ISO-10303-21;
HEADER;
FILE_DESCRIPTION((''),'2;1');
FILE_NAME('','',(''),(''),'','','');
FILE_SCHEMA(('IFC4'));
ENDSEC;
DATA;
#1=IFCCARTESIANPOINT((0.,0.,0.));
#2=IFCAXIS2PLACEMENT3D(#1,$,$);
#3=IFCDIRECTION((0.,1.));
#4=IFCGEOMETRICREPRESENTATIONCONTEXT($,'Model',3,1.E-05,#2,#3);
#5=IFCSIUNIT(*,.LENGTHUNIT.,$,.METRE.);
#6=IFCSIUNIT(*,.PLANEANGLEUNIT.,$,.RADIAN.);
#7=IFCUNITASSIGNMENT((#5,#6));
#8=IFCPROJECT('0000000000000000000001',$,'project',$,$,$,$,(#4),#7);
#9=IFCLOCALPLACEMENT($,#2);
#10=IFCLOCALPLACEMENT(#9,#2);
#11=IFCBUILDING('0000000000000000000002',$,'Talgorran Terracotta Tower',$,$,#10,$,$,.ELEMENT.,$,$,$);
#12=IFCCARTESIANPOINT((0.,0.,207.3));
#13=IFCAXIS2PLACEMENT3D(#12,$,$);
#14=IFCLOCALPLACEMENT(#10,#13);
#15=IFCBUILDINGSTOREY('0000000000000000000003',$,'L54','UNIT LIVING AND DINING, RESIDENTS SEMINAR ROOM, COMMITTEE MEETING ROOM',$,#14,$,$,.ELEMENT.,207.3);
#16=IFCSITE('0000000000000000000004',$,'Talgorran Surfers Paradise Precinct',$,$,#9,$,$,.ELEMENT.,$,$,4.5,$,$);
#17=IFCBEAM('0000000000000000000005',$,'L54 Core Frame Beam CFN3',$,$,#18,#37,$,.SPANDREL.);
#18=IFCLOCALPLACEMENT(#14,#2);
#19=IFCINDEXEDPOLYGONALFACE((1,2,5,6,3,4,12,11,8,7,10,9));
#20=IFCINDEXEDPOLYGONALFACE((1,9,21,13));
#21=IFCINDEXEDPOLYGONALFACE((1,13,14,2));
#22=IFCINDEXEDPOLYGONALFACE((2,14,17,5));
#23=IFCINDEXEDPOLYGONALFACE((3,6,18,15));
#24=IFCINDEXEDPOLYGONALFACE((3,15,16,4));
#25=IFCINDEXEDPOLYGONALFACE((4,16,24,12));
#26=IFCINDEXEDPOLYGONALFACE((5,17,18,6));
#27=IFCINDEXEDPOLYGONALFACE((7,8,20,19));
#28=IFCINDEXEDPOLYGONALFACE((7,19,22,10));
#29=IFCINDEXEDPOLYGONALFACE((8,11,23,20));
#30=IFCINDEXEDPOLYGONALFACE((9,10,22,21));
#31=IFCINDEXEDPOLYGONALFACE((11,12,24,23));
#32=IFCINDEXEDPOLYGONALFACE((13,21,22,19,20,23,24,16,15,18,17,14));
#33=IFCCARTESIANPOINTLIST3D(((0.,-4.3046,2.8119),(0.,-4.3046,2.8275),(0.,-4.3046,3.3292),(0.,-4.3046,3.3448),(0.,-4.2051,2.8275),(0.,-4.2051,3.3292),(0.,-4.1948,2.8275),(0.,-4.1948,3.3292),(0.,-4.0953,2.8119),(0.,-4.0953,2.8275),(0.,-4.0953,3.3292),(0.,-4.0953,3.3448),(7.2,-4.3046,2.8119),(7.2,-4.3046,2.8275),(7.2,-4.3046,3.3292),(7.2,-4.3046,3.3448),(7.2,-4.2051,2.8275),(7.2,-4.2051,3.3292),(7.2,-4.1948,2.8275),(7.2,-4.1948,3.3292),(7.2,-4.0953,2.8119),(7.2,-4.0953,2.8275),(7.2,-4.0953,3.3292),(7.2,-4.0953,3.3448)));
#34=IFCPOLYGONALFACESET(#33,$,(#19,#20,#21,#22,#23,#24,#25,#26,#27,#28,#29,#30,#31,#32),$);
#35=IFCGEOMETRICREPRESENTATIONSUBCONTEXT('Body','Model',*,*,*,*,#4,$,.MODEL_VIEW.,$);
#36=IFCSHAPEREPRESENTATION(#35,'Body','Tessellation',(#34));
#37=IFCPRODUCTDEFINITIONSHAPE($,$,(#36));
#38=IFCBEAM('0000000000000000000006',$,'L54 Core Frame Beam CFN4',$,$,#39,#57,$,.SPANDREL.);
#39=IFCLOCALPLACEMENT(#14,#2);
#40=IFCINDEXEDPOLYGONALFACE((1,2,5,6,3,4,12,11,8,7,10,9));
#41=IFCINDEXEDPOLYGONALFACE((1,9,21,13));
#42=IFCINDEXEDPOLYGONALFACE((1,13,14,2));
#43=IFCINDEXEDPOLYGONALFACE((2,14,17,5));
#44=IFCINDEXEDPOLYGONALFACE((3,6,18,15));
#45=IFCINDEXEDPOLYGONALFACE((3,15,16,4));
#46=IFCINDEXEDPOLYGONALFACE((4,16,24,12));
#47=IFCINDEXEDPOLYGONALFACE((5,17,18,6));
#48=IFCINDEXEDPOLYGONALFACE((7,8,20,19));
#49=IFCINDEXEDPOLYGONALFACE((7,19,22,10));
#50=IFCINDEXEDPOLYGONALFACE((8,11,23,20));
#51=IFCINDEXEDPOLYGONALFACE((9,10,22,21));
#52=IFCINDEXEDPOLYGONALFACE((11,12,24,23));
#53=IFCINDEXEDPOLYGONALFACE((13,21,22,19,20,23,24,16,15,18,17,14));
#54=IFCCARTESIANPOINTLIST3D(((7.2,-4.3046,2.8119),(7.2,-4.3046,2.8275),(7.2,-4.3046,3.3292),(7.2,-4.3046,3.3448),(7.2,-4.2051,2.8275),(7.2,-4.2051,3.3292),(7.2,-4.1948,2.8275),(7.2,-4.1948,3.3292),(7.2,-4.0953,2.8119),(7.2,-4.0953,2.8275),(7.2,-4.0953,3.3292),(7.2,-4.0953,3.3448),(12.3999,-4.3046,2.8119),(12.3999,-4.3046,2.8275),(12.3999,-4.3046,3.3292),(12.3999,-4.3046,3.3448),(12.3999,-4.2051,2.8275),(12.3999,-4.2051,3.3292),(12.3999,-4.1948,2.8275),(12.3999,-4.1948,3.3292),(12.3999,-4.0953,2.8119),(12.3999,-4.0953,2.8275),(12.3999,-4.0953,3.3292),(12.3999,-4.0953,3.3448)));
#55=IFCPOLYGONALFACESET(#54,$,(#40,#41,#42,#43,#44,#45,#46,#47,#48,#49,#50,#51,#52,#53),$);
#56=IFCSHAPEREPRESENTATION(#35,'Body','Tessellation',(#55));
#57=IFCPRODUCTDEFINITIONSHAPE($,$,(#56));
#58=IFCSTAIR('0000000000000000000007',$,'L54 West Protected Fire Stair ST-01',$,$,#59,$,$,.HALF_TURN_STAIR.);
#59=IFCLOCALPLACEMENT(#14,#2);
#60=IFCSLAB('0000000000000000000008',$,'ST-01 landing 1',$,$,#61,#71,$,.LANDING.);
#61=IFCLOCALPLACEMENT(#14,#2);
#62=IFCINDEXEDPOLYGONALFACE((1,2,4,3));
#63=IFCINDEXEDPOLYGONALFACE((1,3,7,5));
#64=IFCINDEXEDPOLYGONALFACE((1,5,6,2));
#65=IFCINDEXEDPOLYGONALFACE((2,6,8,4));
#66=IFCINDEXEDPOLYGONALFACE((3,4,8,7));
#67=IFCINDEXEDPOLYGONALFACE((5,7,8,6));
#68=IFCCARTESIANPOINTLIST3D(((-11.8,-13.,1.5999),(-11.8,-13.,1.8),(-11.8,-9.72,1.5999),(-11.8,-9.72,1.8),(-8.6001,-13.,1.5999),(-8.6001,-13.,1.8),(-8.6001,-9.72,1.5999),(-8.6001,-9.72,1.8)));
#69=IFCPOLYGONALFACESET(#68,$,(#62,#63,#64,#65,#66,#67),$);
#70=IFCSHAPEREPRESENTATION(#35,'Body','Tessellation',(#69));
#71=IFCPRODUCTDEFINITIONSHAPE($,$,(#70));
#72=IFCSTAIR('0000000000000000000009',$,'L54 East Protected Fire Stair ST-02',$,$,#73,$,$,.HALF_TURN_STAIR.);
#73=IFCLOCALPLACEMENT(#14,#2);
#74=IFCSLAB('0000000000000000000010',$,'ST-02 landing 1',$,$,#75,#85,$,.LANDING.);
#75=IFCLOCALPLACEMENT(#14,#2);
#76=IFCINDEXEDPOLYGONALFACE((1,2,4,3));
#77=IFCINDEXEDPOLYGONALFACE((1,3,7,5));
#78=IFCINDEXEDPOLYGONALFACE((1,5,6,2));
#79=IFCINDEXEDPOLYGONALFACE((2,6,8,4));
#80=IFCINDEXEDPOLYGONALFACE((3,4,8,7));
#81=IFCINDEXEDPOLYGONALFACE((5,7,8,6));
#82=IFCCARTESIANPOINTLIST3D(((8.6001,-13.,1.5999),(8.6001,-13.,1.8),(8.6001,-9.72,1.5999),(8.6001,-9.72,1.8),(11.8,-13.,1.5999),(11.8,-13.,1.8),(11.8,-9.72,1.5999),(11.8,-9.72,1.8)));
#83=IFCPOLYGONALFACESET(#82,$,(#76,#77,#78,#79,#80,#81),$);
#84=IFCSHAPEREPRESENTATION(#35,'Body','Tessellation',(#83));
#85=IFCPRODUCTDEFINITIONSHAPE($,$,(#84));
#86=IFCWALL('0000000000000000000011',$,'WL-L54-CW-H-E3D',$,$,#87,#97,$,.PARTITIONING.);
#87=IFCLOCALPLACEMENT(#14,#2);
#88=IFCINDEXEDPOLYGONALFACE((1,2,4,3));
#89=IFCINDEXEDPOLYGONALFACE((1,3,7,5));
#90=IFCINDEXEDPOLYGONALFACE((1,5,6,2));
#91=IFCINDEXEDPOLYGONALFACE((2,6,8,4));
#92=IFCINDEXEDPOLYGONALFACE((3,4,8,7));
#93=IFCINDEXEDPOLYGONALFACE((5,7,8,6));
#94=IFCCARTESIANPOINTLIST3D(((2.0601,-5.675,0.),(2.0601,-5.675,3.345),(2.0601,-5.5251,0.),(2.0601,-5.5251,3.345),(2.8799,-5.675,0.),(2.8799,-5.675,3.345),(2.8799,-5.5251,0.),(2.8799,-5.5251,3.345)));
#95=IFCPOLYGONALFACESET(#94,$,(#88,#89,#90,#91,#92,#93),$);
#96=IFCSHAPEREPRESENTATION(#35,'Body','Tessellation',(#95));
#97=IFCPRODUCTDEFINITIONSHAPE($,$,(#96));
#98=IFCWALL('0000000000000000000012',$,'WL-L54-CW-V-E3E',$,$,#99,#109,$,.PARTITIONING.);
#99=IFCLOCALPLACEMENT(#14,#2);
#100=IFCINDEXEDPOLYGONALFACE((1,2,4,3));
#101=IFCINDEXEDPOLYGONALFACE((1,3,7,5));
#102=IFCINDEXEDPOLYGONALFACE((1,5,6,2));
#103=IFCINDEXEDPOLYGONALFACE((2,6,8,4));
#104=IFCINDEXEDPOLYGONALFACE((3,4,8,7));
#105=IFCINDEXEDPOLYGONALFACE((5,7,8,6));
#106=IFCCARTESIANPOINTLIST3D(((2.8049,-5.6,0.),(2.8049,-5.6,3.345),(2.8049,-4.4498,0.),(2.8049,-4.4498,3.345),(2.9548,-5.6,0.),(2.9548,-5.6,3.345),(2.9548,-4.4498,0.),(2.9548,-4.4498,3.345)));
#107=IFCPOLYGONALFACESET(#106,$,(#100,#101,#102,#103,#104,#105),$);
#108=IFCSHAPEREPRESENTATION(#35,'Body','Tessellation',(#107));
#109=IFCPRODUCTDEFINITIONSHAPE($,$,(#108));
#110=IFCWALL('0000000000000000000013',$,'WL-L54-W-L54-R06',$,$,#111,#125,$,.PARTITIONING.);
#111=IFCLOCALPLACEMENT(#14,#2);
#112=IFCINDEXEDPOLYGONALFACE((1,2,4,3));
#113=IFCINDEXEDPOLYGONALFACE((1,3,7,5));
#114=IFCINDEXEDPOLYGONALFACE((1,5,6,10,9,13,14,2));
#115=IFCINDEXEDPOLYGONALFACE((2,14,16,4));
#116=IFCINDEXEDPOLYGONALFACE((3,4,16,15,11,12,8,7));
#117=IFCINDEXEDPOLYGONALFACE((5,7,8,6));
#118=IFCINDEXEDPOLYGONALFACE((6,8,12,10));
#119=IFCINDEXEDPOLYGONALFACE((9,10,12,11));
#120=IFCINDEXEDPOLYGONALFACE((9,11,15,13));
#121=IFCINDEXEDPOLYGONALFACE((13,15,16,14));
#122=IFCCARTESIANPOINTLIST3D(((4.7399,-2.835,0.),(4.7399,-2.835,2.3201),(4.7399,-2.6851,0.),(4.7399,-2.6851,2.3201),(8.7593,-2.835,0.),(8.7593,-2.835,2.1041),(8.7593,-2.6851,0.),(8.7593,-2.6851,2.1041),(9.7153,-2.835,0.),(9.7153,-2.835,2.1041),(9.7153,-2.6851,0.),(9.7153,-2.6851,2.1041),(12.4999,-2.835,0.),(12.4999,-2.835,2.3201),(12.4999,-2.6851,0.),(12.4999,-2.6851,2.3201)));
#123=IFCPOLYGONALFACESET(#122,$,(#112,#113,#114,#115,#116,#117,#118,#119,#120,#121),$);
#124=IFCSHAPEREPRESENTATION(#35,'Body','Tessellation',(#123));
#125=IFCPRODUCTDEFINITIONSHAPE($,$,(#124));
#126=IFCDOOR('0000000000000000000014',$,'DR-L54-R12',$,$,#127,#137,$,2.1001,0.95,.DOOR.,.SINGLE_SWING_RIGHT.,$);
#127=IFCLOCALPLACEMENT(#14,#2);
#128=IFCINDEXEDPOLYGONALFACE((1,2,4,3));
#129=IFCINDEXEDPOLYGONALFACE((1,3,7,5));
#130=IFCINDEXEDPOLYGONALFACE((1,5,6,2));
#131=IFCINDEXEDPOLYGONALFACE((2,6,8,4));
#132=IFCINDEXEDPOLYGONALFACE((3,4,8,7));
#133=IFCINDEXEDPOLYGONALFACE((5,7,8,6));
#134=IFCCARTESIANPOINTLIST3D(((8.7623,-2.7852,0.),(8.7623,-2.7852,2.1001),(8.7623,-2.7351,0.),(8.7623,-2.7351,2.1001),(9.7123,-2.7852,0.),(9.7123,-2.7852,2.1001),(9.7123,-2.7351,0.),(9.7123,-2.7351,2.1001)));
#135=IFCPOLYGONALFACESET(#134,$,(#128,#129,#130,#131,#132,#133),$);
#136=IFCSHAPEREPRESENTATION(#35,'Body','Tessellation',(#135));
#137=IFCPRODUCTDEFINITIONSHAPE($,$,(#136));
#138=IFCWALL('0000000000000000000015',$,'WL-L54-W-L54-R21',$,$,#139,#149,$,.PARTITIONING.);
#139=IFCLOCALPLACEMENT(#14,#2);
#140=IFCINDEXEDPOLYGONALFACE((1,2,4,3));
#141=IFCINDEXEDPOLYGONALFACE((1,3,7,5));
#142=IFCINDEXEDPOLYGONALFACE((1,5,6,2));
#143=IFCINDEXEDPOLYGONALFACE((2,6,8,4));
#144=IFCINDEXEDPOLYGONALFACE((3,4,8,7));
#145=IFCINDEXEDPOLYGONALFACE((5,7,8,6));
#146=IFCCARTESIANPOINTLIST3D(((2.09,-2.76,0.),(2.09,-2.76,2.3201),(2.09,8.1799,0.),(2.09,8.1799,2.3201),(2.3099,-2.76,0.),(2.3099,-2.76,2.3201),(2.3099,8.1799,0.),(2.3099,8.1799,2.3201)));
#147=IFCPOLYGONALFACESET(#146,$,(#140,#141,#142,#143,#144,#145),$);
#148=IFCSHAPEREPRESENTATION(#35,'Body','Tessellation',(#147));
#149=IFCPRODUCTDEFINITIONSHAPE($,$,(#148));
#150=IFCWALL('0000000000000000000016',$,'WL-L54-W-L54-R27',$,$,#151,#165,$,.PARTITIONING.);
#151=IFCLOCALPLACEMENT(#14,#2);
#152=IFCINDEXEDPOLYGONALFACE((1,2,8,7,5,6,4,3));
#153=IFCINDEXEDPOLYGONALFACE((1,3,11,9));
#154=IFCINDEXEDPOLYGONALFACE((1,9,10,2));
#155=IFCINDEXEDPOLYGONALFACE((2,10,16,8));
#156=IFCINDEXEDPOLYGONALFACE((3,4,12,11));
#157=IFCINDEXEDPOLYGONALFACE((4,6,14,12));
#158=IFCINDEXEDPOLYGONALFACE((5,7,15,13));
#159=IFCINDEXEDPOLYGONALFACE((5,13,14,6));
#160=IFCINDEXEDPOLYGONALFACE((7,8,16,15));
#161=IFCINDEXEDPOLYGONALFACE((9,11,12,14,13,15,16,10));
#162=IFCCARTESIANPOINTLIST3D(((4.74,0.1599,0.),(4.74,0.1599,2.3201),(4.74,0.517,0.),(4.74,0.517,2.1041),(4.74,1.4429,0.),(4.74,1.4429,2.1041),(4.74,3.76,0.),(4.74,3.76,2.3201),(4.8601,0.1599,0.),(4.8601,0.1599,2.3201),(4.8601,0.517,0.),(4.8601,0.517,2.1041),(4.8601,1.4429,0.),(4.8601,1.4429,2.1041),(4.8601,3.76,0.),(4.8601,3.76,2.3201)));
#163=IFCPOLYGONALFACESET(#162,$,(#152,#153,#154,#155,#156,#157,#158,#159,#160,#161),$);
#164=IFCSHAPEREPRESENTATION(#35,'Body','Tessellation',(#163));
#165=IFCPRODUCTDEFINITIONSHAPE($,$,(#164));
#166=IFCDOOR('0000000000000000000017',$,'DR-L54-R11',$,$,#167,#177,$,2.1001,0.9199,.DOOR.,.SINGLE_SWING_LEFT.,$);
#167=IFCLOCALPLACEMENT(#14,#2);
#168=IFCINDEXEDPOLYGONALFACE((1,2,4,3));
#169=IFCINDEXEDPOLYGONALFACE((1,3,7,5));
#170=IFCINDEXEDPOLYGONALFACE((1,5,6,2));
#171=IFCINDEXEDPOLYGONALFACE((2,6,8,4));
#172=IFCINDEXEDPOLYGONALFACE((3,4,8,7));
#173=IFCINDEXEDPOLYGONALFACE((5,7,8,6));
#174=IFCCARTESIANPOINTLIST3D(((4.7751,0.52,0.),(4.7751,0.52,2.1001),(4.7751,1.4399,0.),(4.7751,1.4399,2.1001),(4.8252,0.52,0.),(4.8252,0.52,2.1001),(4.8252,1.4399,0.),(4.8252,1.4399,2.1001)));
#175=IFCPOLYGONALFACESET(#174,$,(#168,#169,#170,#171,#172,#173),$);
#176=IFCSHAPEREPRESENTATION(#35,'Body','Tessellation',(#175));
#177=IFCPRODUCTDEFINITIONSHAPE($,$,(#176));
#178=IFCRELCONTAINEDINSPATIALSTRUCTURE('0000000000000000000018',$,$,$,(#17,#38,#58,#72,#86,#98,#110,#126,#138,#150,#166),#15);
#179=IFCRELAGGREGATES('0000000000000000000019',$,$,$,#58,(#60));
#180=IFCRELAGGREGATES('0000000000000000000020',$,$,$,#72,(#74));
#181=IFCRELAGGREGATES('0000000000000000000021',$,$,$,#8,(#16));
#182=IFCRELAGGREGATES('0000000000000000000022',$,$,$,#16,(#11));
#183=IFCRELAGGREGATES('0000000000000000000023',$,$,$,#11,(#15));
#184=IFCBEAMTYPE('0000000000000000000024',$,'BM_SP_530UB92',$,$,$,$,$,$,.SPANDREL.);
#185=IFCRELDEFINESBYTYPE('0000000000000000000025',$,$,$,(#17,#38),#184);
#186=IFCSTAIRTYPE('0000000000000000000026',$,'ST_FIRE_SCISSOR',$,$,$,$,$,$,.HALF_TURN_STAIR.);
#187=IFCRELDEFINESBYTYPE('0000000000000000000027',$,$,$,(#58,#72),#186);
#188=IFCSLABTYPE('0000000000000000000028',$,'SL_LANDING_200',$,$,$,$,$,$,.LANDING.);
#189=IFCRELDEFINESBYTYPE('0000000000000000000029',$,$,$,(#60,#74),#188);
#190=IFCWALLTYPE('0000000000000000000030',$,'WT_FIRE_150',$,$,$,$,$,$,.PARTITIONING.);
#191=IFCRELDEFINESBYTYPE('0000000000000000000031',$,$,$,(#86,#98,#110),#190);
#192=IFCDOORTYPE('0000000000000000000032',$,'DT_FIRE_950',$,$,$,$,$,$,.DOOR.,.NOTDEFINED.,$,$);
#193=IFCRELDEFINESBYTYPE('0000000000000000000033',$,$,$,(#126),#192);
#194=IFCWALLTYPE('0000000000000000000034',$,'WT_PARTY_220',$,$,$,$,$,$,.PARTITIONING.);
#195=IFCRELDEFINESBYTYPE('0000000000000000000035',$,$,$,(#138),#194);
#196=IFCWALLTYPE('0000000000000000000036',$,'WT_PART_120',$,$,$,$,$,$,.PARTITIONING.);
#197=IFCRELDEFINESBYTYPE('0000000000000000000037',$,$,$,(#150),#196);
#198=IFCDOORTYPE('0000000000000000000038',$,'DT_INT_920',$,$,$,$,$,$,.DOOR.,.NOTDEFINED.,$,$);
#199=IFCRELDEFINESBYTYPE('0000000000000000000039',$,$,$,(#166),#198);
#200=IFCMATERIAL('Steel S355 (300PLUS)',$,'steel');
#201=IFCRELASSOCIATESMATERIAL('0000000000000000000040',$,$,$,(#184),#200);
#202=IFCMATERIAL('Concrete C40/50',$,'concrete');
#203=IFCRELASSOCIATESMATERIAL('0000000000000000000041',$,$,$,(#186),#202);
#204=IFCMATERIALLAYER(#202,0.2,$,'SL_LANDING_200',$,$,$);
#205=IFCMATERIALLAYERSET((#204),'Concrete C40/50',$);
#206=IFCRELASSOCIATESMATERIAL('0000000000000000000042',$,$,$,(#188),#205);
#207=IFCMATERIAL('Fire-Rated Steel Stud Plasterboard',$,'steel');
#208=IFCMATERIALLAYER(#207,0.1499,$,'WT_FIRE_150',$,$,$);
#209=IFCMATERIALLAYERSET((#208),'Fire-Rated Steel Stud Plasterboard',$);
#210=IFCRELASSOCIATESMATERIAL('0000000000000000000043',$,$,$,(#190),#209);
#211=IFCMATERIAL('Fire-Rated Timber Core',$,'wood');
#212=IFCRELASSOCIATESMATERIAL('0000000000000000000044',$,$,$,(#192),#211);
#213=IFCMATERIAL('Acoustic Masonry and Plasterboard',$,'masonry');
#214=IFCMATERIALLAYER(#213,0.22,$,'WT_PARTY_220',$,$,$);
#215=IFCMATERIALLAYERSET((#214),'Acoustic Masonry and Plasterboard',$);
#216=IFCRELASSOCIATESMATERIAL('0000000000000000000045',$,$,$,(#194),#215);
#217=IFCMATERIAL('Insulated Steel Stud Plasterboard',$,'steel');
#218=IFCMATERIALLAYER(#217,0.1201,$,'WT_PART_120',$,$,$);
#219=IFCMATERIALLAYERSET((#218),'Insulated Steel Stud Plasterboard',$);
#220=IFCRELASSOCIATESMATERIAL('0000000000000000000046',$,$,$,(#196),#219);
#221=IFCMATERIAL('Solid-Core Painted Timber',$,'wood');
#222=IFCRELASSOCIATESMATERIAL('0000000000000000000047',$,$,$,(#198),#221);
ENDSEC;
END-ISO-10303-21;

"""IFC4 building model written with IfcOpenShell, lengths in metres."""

from ifc_helpers import new_model, si_unit, direction, frame, frame_2d, origin, origin_2d, place, context, subcontext, project, spatial, polyline, rectangle, i_section, outline, extrude, material, layer, layer_set, material_profile, profile_set, type_object, element, fill, aggregate, save


model = new_model("IFC4")

# Units and contexts
model_context = context("Model", 3, precision=1e-05, world=origin(), true_north=direction((0.0, 1.0)))
body_context = subcontext(model_context, "Body", "Model", "MODEL_VIEW")
ifc_project = project(units=[si_unit("LENGTHUNIT", "METRE"), si_unit("PLANEANGLEUNIT", "RADIAN")], contexts=[model_context])

# Site, building, storey
site_placement = place(None, origin())
site = spatial("IfcSite", under=ifc_project, at=site_placement, Name="Talgorran Surfers Paradise Precinct", CompositionType="ELEMENT", RefElevation=4.5)
building_placement = place(site_placement, origin())
building = spatial("IfcBuilding", under=site, at=building_placement, Name="Talgorran Terracotta Tower", CompositionType="ELEMENT")
storey_placement = place(building_placement, frame((0.0, 0.0, 207.3)))
storey = spatial("IfcBuildingStorey", under=building, at=storey_placement, Name="L54", Description="UNIT LIVING AND DINING, RESIDENTS SEMINAR ROOM, COMMITTEE MEETING ROOM", CompositionType="ELEMENT", Elevation=207.3)

# Shared definitions
ifc_material_1 = material(Name="Steel S355 (300PLUS)", Category="steel")

# Beams
ifc_material_profile_1 = material_profile(ifc_material_1, i_section(OverallWidth=0.2092, OverallDepth=0.533, WebThickness=0.0103, FlangeThickness=0.0156, at=origin_2d()), Name="530UB92.4")
ifc_profile_set_1 = profile_set([ifc_material_profile_1], Name="Steel S355 (300PLUS)")
beam_type_1 = type_object("IfcBeamType", Name="BM_SP_530UB92", PredefinedType="SPANDREL", material=ifc_profile_set_1)
beam_1_placement = place(storey_placement, frame((0.0, -4.2, 3.0784), z_axis=(1.0, 0.0, 0.0), x_axis=(0.0, 1.0, 0.0)))
element("IfcBeam", 1, at=beam_1_placement, inside=storey, type_object=beam_type_1, Name="L54 Core Frame Beam CFN3", PredefinedType="SPANDREL", context=body_context, shape_type="SweptSolid", body=[
    extrude(i_section(OverallWidth=0.2092, OverallDepth=0.533, WebThickness=0.0103, FlangeThickness=0.0156, at=origin_2d()), origin(), (0.0, 0.0, 1.0), 7.2),
])
beam_2_placement = place(storey_placement, frame((7.2, -4.2, 3.0784), z_axis=(1.0, 0.0, 0.0), x_axis=(0.0, 1.0, 0.0)))
element("IfcBeam", 2, at=beam_2_placement, inside=storey, type_object=beam_type_1, Name="L54 Core Frame Beam CFN4", PredefinedType="SPANDREL", context=body_context, shape_type="SweptSolid", body=[
    extrude(i_section(OverallWidth=0.2092, OverallDepth=0.533, WebThickness=0.0103, FlangeThickness=0.0156, at=origin_2d()), origin(), (0.0, 0.0, 1.0), 5.2),
])

# Stairs, slabs
ifc_material_2 = material(Name="Concrete C40/50", Category="concrete")
stair_type = type_object("IfcStairType", Name="ST_FIRE_SCISSOR", PredefinedType="HALF_TURN_STAIR", material=ifc_material_2)
stair_1_placement = place(storey_placement, origin())
stair_1 = element("IfcStair", 3, at=stair_1_placement, inside=storey, type_object=stair_type, Name="L54 West Protected Fire Stair ST-01", PredefinedType="HALF_TURN_STAIR")
ifc_layer_1 = layer(ifc_material_2, 0.2, Name="SL_LANDING_200")
ifc_layer_set_1 = layer_set([ifc_layer_1], Name="Concrete C40/50")
slab_type = type_object("IfcSlabType", Name="SL_LANDING_200", PredefinedType="LANDING", material=ifc_layer_set_1)
slab_1_placement = place(storey_placement, frame((0.0, 0.0, 1.5999)))
slab_1 = element("IfcSlab", 4, at=slab_1_placement, type_object=slab_type, Name="ST-01 landing 1", PredefinedType="LANDING", context=body_context, shape_type="SweptSolid", body=[
    extrude(outline(polyline([(-11.8, -9.72), (-11.8, -13.0), (-8.6001, -13.0), (-8.6001, -9.72), (-11.8, -9.72)])), origin(), (0.0, 0.0, 1.0), 0.2002),
])
aggregate(stair_1, [slab_1])
stair_2_placement = place(storey_placement, origin())
stair_2 = element("IfcStair", 5, at=stair_2_placement, inside=storey, type_object=stair_type, Name="L54 East Protected Fire Stair ST-02", PredefinedType="HALF_TURN_STAIR")
slab_2_placement = place(storey_placement, frame((0.0, 0.0, 1.5999)))
slab_2 = element("IfcSlab", 6, at=slab_2_placement, type_object=slab_type, Name="ST-02 landing 1", PredefinedType="LANDING", context=body_context, shape_type="SweptSolid", body=[
    extrude(outline(polyline([(8.6001, -9.72), (8.6001, -13.0), (11.8, -13.0), (11.8, -9.72), (8.6001, -9.72)])), origin(), (0.0, 0.0, 1.0), 0.2002),
])
aggregate(stair_2, [slab_2])

# Walls
ifc_material_3 = material(Name="Fire-Rated Steel Stud Plasterboard", Category="steel")
ifc_layer_2 = layer(ifc_material_3, 0.1499, Name="WT_FIRE_150")
ifc_layer_set_2 = layer_set([ifc_layer_2], Name="Fire-Rated Steel Stud Plasterboard")
wall_type_1 = type_object("IfcWallType", Name="WT_FIRE_150", PredefinedType="PARTITIONING", material=ifc_layer_set_2)
wall_1_placement = place(storey_placement, frame((2.0601, -5.6001, 0.0), z_axis=(0.0, 0.0, 1.0), x_axis=(1.0, 0.0, 0.0)))
element("IfcWall", 7, at=wall_1_placement, inside=storey, type_object=wall_type_1, Name="WL-L54-CW-H-E3D", PredefinedType="PARTITIONING", context=body_context, shape_type="SweptSolid", body=[
    extrude(rectangle(XDim=0.8198, YDim=0.1499, at=frame_2d((0.4099, 0.0))), origin(), (0.0, 0.0, 1.0), 3.345),
])
wall_2_placement = place(storey_placement, frame((2.8799, -5.6001, 0.0), z_axis=(0.0, 0.0, 1.0), x_axis=(0.0, 1.0, 0.0)))
element("IfcWall", 8, at=wall_2_placement, inside=storey, type_object=wall_type_1, Name="WL-L54-CW-V-E3E", PredefinedType="PARTITIONING", context=body_context, shape_type="SweptSolid", body=[
    extrude(rectangle(XDim=1.1501, YDim=0.1499, at=frame_2d((0.5752, 0.0))), origin(), (0.0, 0.0, 1.0), 3.345),
])

# Wall, opening, door
wall_3_placement = place(storey_placement, frame((4.74, -2.76, 0.0), z_axis=(0.0, 0.0, 1.0), x_axis=(1.0, 0.0, 0.0)))
wall_3 = element("IfcWall", 9, at=wall_3_placement, inside=storey, type_object=wall_type_1, Name="WL-L54-W-L54-R06", PredefinedType="PARTITIONING", context=body_context, shape_type="SweptSolid", body=[
    extrude(rectangle(XDim=7.76, YDim=0.1499, at=frame_2d((3.8799, 0.0))), origin(), (0.0, 0.0, 1.0), 2.3201),
])
opening_1_placement = place(wall_3_placement, frame((4.0222, 0.0, 0.0)))
opening_1 = element("IfcOpeningElement", 10, at=opening_1_placement, cuts=wall_3, PredefinedType="OPENING", context=body_context, shape_type="SweptSolid", body=[
    extrude(rectangle(XDim=0.956, YDim=2.1041, at=frame_2d((0.4751, 1.052))), frame((0.0, 0.085, 0.0), z_axis=(0.0, -1.0, 0.0), x_axis=(1.0, 0.0, 0.0)), (0.0, 0.0, 1.0), 0.1699),
])
ifc_material_4 = material(Name="Fire-Rated Timber Core", Category="wood")
door_type_1 = type_object("IfcDoorType", Name="DT_FIRE_950", OperationType="NOTDEFINED", PredefinedType="DOOR", material=ifc_material_4)
door_1_placement = place(opening_1_placement, origin())
door_1 = element("IfcDoor", 11, at=door_1_placement, inside=storey, type_object=door_type_1, Name="DR-L54-R12", OperationType="SINGLE_SWING_RIGHT", OverallHeight=2.1001, OverallWidth=0.95, PredefinedType="DOOR", context=body_context, shape_type="SweptSolid", body=[
    extrude(rectangle(XDim=0.95, YDim=2.1001, at=frame_2d((0.4751, 1.05))), frame((0.0, 0.0249, 0.0), z_axis=(0.0, -1.0, 0.0), x_axis=(1.0, 0.0, 0.0)), (0.0, 0.0, 1.0), 0.05),
])
fill(opening_1, door_1)

# Wall
ifc_material_5 = material(Name="Acoustic Masonry and Plasterboard", Category="masonry")
ifc_layer_3 = layer(ifc_material_5, 0.22, Name="WT_PARTY_220")
ifc_layer_set_3 = layer_set([ifc_layer_3], Name="Acoustic Masonry and Plasterboard")
wall_type_2 = type_object("IfcWallType", Name="WT_PARTY_220", PredefinedType="PARTITIONING", material=ifc_layer_set_3)
wall_4_placement = place(storey_placement, frame((2.2, -2.76, 0.0), z_axis=(0.0, 0.0, 1.0), x_axis=(0.0, 1.0, 0.0)))
element("IfcWall", 12, at=wall_4_placement, inside=storey, type_object=wall_type_2, Name="WL-L54-W-L54-R21", PredefinedType="PARTITIONING", context=body_context, shape_type="SweptSolid", body=[
    extrude(rectangle(XDim=10.9399, YDim=0.22, at=frame_2d((5.47, 0.0))), origin(), (0.0, 0.0, 1.0), 2.3201),
])

# Wall, opening, door
ifc_material_6 = material(Name="Insulated Steel Stud Plasterboard", Category="steel")
ifc_layer_4 = layer(ifc_material_6, 0.1201, Name="WT_PART_120")
ifc_layer_set_4 = layer_set([ifc_layer_4], Name="Insulated Steel Stud Plasterboard")
wall_type_3 = type_object("IfcWallType", Name="WT_PART_120", PredefinedType="PARTITIONING", material=ifc_layer_set_4)
wall_5_placement = place(storey_placement, frame((4.8, 0.1599, 0.0), z_axis=(0.0, 0.0, 1.0), x_axis=(0.0, 1.0, 0.0)))
wall_5 = element("IfcWall", 13, at=wall_5_placement, inside=storey, type_object=wall_type_3, Name="WL-L54-W-L54-R27", PredefinedType="PARTITIONING", context=body_context, shape_type="SweptSolid", body=[
    extrude(rectangle(XDim=3.6001, YDim=0.1201, at=frame_2d((1.8, 0.0))), origin(), (0.0, 0.0, 1.0), 2.3201),
])
opening_2_placement = place(wall_5_placement, frame((0.3601, 0.0, 0.0)))
opening_2 = element("IfcOpeningElement", 14, at=opening_2_placement, cuts=wall_5, PredefinedType="OPENING", context=body_context, shape_type="SweptSolid", body=[
    extrude(rectangle(XDim=0.9259, YDim=2.1041, at=frame_2d((0.46, 1.052))), frame((0.0, 0.0701, 0.0), z_axis=(0.0, -1.0, 0.0), x_axis=(1.0, 0.0, 0.0)), (0.0, 0.0, 1.0), 0.1401),
])
ifc_material_7 = material(Name="Solid-Core Painted Timber", Category="wood")
door_type_2 = type_object("IfcDoorType", Name="DT_INT_920", OperationType="NOTDEFINED", PredefinedType="DOOR", material=ifc_material_7)
door_2_placement = place(opening_2_placement, origin())
door_2 = element("IfcDoor", 15, at=door_2_placement, inside=storey, type_object=door_type_2, Name="DR-L54-R11", OperationType="SINGLE_SWING_LEFT", OverallHeight=2.1001, OverallWidth=0.9199, PredefinedType="DOOR", context=body_context, shape_type="SweptSolid", body=[
    extrude(rectangle(XDim=0.9199, YDim=2.1001, at=frame_2d((0.46, 1.05))), frame((0.0, 0.0249, 0.0), z_axis=(0.0, -1.0, 0.0), x_axis=(1.0, 0.0, 0.0)), (0.0, 0.0, 1.0), 0.05),
])
fill(opening_2, door_2)

save(model, "model.ifc")
